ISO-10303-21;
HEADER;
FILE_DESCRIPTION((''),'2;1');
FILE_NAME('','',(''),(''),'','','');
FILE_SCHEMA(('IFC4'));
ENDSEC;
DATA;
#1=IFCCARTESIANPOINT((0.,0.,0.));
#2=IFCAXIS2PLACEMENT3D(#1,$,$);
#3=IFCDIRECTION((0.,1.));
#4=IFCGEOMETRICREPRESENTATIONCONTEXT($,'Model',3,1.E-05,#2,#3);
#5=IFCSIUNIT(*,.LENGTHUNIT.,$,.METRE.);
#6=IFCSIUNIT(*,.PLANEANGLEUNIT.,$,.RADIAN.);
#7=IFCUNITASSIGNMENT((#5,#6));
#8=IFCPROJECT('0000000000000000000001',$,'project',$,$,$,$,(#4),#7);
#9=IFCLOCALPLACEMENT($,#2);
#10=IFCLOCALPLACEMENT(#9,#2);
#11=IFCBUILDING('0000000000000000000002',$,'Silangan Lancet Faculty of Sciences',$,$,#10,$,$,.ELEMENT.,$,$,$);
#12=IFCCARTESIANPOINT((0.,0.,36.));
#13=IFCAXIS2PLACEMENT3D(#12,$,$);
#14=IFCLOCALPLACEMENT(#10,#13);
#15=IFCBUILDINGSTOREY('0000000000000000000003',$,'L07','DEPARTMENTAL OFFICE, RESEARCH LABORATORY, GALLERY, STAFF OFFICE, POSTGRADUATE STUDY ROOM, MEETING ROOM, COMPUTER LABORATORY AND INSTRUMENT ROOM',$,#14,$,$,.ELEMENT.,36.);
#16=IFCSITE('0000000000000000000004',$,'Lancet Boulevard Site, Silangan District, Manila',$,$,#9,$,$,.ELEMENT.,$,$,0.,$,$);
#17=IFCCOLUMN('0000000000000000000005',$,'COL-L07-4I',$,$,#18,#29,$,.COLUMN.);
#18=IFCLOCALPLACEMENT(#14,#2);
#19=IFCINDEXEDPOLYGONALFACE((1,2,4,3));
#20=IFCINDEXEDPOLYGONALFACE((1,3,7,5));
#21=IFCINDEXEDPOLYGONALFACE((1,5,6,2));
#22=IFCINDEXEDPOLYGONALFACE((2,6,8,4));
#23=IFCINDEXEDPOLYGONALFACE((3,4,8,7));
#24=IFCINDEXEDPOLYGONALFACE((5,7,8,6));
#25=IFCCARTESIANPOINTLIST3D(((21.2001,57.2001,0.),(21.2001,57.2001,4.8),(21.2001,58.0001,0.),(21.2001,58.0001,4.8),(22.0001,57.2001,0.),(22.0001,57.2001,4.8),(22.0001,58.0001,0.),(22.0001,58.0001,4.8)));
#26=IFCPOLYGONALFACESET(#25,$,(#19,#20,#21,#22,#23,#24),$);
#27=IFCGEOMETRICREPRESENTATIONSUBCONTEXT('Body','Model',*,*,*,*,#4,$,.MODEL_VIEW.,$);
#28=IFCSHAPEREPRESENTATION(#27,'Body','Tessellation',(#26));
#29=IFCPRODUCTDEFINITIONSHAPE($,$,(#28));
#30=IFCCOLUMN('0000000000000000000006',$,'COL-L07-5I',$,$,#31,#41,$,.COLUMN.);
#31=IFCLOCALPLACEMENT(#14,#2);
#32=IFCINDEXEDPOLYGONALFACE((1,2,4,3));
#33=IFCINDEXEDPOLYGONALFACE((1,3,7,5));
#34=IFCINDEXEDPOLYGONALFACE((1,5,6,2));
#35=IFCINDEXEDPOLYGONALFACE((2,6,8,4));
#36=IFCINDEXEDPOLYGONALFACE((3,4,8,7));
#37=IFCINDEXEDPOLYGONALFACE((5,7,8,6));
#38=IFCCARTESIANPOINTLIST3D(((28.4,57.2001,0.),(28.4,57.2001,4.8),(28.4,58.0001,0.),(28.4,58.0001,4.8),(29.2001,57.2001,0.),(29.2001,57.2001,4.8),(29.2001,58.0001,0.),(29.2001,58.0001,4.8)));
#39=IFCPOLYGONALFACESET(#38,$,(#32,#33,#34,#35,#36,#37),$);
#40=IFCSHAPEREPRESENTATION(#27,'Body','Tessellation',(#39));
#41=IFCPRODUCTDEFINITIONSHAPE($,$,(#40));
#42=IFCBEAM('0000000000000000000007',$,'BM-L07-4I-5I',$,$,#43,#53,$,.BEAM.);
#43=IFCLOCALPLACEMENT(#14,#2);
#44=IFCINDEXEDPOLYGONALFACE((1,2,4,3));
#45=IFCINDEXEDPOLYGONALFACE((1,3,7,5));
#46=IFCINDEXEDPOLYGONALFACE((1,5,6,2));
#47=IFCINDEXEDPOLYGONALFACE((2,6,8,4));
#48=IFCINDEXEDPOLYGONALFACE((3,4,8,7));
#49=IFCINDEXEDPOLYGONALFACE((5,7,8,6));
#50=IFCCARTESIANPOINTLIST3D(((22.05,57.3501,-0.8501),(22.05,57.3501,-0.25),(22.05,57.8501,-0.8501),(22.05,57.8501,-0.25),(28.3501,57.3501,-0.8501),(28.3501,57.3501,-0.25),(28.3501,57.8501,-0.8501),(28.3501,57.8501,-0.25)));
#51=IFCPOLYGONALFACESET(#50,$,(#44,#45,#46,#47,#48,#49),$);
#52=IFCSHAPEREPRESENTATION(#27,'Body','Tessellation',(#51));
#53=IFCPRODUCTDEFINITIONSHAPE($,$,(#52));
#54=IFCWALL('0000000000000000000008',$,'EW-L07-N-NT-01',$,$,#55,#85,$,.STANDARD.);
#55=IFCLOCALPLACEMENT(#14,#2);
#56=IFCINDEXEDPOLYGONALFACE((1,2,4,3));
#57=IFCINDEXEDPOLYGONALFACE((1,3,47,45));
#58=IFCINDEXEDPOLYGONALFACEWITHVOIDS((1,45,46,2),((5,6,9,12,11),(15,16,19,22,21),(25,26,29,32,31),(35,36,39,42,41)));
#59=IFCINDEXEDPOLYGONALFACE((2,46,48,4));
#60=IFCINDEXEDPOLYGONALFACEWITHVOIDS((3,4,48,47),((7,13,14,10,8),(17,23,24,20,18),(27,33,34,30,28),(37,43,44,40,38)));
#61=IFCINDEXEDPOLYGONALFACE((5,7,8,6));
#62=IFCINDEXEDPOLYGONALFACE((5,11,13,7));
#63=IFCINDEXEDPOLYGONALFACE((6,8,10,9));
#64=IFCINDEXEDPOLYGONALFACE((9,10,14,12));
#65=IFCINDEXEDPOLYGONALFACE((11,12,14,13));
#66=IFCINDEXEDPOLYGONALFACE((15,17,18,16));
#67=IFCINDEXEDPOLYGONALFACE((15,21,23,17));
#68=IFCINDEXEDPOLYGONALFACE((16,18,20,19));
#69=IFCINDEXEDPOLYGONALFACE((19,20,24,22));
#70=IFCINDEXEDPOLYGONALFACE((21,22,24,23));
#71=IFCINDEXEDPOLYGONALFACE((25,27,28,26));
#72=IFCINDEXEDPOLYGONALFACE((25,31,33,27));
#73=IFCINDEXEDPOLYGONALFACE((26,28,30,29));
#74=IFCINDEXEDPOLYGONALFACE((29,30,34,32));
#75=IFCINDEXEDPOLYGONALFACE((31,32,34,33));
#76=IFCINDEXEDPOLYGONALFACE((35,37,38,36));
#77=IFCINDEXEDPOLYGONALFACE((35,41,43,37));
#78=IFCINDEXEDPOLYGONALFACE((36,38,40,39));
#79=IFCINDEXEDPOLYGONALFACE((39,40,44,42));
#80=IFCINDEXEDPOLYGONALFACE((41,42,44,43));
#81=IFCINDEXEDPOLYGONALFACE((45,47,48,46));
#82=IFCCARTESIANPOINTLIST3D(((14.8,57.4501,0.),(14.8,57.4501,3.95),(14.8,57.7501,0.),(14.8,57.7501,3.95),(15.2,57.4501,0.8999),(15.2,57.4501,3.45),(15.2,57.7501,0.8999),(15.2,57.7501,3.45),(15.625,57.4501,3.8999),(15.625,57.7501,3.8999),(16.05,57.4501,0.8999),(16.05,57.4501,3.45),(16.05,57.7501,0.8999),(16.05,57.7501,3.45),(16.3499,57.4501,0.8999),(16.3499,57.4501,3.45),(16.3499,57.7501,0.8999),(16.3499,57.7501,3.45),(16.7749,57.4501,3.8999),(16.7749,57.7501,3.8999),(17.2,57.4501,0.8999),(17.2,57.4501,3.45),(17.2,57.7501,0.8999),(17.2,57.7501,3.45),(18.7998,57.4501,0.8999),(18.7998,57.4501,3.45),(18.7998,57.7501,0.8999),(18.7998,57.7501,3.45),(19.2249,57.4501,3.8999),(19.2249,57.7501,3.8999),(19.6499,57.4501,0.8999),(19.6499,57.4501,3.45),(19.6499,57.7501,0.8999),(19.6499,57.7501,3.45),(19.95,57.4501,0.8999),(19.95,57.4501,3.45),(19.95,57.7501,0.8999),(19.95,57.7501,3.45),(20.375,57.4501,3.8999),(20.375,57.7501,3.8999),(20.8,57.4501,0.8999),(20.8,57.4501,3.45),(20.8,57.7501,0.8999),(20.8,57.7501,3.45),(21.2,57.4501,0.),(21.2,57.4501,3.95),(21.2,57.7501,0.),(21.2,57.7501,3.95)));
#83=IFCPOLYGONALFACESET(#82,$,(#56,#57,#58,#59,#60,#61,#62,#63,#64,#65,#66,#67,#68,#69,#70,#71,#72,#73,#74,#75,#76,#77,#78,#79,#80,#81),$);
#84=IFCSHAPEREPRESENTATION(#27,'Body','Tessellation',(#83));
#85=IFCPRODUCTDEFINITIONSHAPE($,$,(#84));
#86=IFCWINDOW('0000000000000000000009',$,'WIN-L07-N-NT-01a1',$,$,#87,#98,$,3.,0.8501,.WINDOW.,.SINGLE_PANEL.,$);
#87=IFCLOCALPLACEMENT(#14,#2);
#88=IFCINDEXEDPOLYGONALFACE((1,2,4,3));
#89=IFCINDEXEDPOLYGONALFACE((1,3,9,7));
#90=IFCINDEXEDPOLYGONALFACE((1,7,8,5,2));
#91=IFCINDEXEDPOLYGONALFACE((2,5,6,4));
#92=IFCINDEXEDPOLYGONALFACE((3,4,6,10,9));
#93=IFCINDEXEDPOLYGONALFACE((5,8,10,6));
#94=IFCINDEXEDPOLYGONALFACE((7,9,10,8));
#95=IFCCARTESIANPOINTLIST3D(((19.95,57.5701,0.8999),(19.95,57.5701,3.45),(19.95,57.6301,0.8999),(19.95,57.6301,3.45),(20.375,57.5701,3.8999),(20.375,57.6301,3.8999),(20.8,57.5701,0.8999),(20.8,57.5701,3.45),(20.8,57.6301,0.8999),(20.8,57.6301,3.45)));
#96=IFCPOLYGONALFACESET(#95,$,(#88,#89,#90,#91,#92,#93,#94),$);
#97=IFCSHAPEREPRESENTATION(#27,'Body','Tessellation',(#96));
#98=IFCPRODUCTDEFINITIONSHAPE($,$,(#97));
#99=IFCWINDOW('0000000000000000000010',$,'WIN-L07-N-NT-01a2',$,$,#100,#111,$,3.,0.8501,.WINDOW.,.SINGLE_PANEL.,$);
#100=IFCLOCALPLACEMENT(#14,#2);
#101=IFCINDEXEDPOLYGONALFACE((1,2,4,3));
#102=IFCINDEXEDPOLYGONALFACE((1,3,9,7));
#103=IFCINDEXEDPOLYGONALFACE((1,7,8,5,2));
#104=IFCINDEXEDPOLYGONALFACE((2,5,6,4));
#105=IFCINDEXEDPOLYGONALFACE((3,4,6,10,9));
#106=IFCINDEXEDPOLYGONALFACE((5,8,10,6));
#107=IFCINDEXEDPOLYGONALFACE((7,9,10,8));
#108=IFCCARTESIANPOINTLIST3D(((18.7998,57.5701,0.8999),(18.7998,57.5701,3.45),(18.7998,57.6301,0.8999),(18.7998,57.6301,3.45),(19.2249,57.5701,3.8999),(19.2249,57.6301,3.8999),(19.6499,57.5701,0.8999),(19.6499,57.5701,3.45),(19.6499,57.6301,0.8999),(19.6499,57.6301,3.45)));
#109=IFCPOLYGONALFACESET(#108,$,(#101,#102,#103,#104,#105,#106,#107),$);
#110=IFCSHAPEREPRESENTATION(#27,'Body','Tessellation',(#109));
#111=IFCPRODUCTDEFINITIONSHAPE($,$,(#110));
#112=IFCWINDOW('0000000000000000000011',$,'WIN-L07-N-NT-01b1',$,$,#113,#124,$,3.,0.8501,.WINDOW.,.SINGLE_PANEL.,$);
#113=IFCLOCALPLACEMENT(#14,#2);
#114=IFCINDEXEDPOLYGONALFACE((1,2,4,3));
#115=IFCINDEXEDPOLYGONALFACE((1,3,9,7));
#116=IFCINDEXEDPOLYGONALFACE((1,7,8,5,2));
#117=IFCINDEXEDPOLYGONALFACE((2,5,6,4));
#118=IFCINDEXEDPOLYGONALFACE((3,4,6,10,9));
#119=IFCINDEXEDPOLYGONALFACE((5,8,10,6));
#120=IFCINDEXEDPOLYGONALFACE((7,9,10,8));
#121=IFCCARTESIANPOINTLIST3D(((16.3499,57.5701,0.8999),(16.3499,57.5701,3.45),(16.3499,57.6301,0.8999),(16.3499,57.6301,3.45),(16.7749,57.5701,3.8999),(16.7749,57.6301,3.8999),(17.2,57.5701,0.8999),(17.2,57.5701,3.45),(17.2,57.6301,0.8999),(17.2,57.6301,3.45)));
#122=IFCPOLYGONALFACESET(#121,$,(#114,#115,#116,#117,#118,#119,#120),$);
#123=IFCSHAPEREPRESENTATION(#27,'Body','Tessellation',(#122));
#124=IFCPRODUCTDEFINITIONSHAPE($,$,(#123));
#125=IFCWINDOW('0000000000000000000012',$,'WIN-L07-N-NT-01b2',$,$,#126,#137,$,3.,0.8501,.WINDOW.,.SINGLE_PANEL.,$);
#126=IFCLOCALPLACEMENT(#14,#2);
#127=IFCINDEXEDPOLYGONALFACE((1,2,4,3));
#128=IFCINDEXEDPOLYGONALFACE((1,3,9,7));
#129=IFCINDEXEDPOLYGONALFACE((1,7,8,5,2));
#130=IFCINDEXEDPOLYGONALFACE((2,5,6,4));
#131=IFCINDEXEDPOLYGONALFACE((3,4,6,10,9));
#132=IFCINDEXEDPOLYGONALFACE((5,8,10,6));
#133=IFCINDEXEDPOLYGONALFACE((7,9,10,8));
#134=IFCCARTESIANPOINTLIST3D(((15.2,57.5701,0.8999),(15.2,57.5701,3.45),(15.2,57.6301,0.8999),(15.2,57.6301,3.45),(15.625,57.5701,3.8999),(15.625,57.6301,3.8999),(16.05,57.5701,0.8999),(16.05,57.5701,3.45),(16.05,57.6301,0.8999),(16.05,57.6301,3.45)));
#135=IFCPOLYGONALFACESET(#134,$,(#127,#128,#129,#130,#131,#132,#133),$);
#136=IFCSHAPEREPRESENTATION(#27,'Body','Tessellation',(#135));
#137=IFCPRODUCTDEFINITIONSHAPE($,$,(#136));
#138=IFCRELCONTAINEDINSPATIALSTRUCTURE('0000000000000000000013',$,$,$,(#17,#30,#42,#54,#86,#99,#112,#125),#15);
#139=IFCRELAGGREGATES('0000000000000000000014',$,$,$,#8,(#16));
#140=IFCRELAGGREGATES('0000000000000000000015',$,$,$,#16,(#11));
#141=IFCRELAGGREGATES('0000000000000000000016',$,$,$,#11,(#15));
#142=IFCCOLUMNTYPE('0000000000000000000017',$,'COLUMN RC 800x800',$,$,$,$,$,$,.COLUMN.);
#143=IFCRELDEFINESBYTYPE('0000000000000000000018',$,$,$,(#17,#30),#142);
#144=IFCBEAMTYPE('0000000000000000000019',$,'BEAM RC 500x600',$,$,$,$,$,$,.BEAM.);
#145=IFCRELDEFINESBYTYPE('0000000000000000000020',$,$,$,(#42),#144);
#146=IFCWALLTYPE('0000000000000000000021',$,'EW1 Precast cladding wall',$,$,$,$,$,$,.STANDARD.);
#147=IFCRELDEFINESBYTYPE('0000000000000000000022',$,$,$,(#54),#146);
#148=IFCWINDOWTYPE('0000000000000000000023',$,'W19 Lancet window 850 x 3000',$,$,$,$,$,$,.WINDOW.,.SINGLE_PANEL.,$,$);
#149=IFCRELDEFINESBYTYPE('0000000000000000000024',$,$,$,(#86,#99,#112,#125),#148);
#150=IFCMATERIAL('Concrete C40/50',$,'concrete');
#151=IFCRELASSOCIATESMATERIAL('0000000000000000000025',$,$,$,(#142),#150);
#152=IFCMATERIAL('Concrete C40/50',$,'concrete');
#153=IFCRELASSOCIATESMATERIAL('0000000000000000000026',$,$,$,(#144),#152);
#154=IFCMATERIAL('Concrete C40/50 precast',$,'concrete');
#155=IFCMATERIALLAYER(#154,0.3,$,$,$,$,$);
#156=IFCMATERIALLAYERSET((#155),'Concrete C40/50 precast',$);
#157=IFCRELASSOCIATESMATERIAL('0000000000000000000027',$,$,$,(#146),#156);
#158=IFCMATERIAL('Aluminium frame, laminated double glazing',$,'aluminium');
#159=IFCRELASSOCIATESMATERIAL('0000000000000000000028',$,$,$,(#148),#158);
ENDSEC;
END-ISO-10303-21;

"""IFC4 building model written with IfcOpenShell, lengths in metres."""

from ifc_helpers import new_model, si_unit, direction, frame, frame_2d, origin, origin_2d, place, context, subcontext, project, spatial, polyline, rectangle, outline, extrude, material, layer, layer_set, material_profile, profile_set, type_object, element, fill, save


model = new_model("IFC4")

# Units and contexts
model_context = context("Model", 3, precision=1e-05, world=origin(), true_north=direction((0.0, 1.0)))
body_context = subcontext(model_context, "Body", "Model", "MODEL_VIEW")
ifc_project = project(units=[si_unit("LENGTHUNIT", "METRE"), si_unit("PLANEANGLEUNIT", "RADIAN")], contexts=[model_context])

# Site, building, storey
site_placement = place(None, origin())
site = spatial("IfcSite", under=ifc_project, at=site_placement, Name="Lancet Boulevard Site, Silangan District, Manila", CompositionType="ELEMENT", RefElevation=0.0)
building_placement = place(site_placement, origin())
building = spatial("IfcBuilding", under=site, at=building_placement, Name="Silangan Lancet Faculty of Sciences", CompositionType="ELEMENT")
storey_placement = place(building_placement, frame((0.0, 0.0, 36.0)))
storey = spatial("IfcBuildingStorey", under=building, at=storey_placement, Name="L07", Description="DEPARTMENTAL OFFICE, RESEARCH LABORATORY, GALLERY, STAFF OFFICE, POSTGRADUATE STUDY ROOM, MEETING ROOM, COMPUTER LABORATORY AND INSTRUMENT ROOM", CompositionType="ELEMENT", Elevation=36.0)

# Columns
ifc_material_1 = material(Name="Concrete C40/50", Category="concrete")
ifc_material_profile_1 = material_profile(ifc_material_1, rectangle(XDim=0.8, YDim=0.8, at=origin_2d()), Name="RC 800x800")
ifc_profile_set_1 = profile_set([ifc_material_profile_1], Name="Concrete C40/50")
column_type = type_object("IfcColumnType", Name="COLUMN RC 800x800", PredefinedType="COLUMN", material=ifc_profile_set_1)
for number, where, z_axis, x_axis, name in (
    (1, (21.6001, 57.6001, 0.0), (0.0, 0.0, 1.0), (1.0, 0.0, 0.0), "COL-L07-4I"),
    (2, (28.8, 57.6001, 0.0), (0.0, 0.0, 1.0), (1.0, 0.0, 0.0), "COL-L07-5I"),
):
    element("IfcColumn", number, at=place(storey_placement, frame(where, z_axis=z_axis, x_axis=x_axis)), inside=storey, type_object=column_type, Name=name, PredefinedType="COLUMN", context=body_context, shape_type="SweptSolid", body=[
        extrude(rectangle(XDim=0.8, YDim=0.8, at=origin_2d()), origin(), (0.0, 0.0, 1.0), 4.8),
    ])

# Beam
ifc_material_2 = material(Name="Concrete C40/50", Category="concrete")
ifc_material_profile_2 = material_profile(ifc_material_2, rectangle(XDim=0.5, YDim=0.6001, at=origin_2d()), Name="RC 500x600")
ifc_profile_set_2 = profile_set([ifc_material_profile_2], Name="Concrete C40/50")
beam_type = type_object("IfcBeamType", Name="BEAM RC 500x600", PredefinedType="BEAM", material=ifc_profile_set_2)
beam_placement = place(storey_placement, frame((22.05, 57.6001, -0.55), z_axis=(1.0, 0.0, 0.0), x_axis=(0.0, 1.0, 0.0)))
element("IfcBeam", 3, at=beam_placement, inside=storey, type_object=beam_type, Name="BM-L07-4I-5I", PredefinedType="BEAM", context=body_context, shape_type="SweptSolid", body=[
    extrude(rectangle(XDim=0.5, YDim=0.6001, at=origin_2d()), origin(), (0.0, 0.0, 1.0), 6.3),
])

# Wall, openings, windows
ifc_material_3 = material(Name="Concrete C40/50 precast", Category="concrete")
ifc_layer_1 = layer(ifc_material_3, 0.3)
ifc_layer_set_1 = layer_set([ifc_layer_1], Name="Concrete C40/50 precast")
wall_type_1 = type_object("IfcWallType", Name="EW1 Precast cladding wall", PredefinedType="STANDARD", material=ifc_layer_set_1)
wall_1_placement = place(storey_placement, frame((21.2, 57.6001, 0.0), z_axis=(0.0, 0.0, 1.0), x_axis=(-1.0, 0.0, 0.0)))
wall_1 = element("IfcWall", 4, at=wall_1_placement, inside=storey, type_object=wall_type_1, Name="EW-L07-N-NT-01", PredefinedType="STANDARD", context=body_context, shape_type="SweptSolid", body=[
    extrude(rectangle(XDim=6.3999, YDim=0.3, at=frame_2d((3.2, 0.0))), origin(), (0.0, 0.0, 1.0), 3.95),
])
opening_1_placement = place(wall_1_placement, frame((0.3999, 0.0, 0.8999)))
opening_1 = element("IfcOpeningElement", 5, at=opening_1_placement, cuts=wall_1, PredefinedType="OPENING", context=body_context, shape_type="SweptSolid", body=[
    extrude(outline(polyline([(0.0, 0.0), (0.8501, 0.0), (0.8501, 2.55), (0.425, 3.0), (0.0, 2.55), (0.0, 0.0)])), frame((0.0, 0.1599, 0.0), z_axis=(0.0, -1.0, 0.0), x_axis=(1.0, 0.0, 0.0)), (0.0, 0.0, 1.0), 0.3201),
])
opening_2_placement = place(wall_1_placement, frame((1.55, 0.0, 0.8999)))
opening_2 = element("IfcOpeningElement", 6, at=opening_2_placement, cuts=wall_1, PredefinedType="OPENING", context=body_context, shape_type="SweptSolid", body=[
    extrude(outline(polyline([(0.0, 0.0), (0.8501, 0.0), (0.8501, 2.55), (0.425, 3.0), (0.0, 2.55), (0.0, 0.0)])), frame((0.0, 0.1599, 0.0), z_axis=(0.0, -1.0, 0.0), x_axis=(1.0, 0.0, 0.0)), (0.0, 0.0, 1.0), 0.3201),
])
opening_3_placement = place(wall_1_placement, frame((4.0, 0.0, 0.8999)))
opening_3 = element("IfcOpeningElement", 7, at=opening_3_placement, cuts=wall_1, PredefinedType="OPENING", context=body_context, shape_type="SweptSolid", body=[
    extrude(outline(polyline([(0.0, 0.0), (0.8501, 0.0), (0.8501, 2.55), (0.425, 3.0), (0.0, 2.55), (0.0, 0.0)])), frame((0.0, 0.1599, 0.0), z_axis=(0.0, -1.0, 0.0), x_axis=(1.0, 0.0, 0.0)), (0.0, 0.0, 1.0), 0.3201),
])
opening_4_placement = place(wall_1_placement, frame((5.1499, 0.0, 0.8999)))
opening_4 = element("IfcOpeningElement", 8, at=opening_4_placement, cuts=wall_1, PredefinedType="OPENING", context=body_context, shape_type="SweptSolid", body=[
    extrude(outline(polyline([(0.0, 0.0), (0.8501, 0.0), (0.8501, 2.55), (0.425, 3.0), (0.0, 2.55), (0.0, 0.0)])), frame((0.0, 0.1599, 0.0), z_axis=(0.0, -1.0, 0.0), x_axis=(1.0, 0.0, 0.0)), (0.0, 0.0, 1.0), 0.3201),
])
ifc_material_4 = material(Name="Aluminium frame, laminated double glazing", Category="aluminium")
window_type_1 = type_object("IfcWindowType", Name="W19 Lancet window 850 x 3000", PartitioningType="SINGLE_PANEL", PredefinedType="WINDOW", material=ifc_material_4)
window_1_placement = place(opening_1_placement, origin())
window_1 = element("IfcWindow", 9, at=window_1_placement, inside=storey, type_object=window_type_1, Name="WIN-L07-N-NT-01a1", OverallHeight=3.0, OverallWidth=0.8501, PartitioningType="SINGLE_PANEL", PredefinedType="WINDOW", context=body_context, shape_type="SweptSolid", body=[
    extrude(outline(polyline([(0.0, 0.0), (0.8501, 0.0), (0.8501, 2.55), (0.425, 3.0), (0.0, 2.55), (0.0, 0.0)])), frame((0.0, 0.03, 0.0), z_axis=(0.0, -1.0, 0.0), x_axis=(1.0, 0.0, 0.0)), (0.0, 0.0, 1.0), 0.0601),
])
fill(opening_1, window_1)
window_2_placement = place(opening_2_placement, origin())
window_2 = element("IfcWindow", 10, at=window_2_placement, inside=storey, type_object=window_type_1, Name="WIN-L07-N-NT-01a2", OverallHeight=3.0, OverallWidth=0.8501, PartitioningType="SINGLE_PANEL", PredefinedType="WINDOW", context=body_context, shape_type="SweptSolid", body=[
    extrude(outline(polyline([(0.0, 0.0), (0.8501, 0.0), (0.8501, 2.55), (0.425, 3.0), (0.0, 2.55), (0.0, 0.0)])), frame((0.0, 0.03, 0.0), z_axis=(0.0, -1.0, 0.0), x_axis=(1.0, 0.0, 0.0)), (0.0, 0.0, 1.0), 0.0601),
])
fill(opening_2, window_2)
window_3_placement = place(opening_3_placement, origin())
window_3 = element("IfcWindow", 11, at=window_3_placement, inside=storey, type_object=window_type_1, Name="WIN-L07-N-NT-01b1", OverallHeight=3.0, OverallWidth=0.8501, PartitioningType="SINGLE_PANEL", PredefinedType="WINDOW", context=body_context, shape_type="SweptSolid", body=[
    extrude(outline(polyline([(0.0, 0.0), (0.8501, 0.0), (0.8501, 2.55), (0.425, 3.0), (0.0, 2.55), (0.0, 0.0)])), frame((0.0, 0.03, 0.0), z_axis=(0.0, -1.0, 0.0), x_axis=(1.0, 0.0, 0.0)), (0.0, 0.0, 1.0), 0.0601),
])
fill(opening_3, window_3)
window_4_placement = place(opening_4_placement, origin())
window_4 = element("IfcWindow", 12, at=window_4_placement, inside=storey, type_object=window_type_1, Name="WIN-L07-N-NT-01b2", OverallHeight=3.0, OverallWidth=0.8501, PartitioningType="SINGLE_PANEL", PredefinedType="WINDOW", context=body_context, shape_type="SweptSolid", body=[
    extrude(outline(polyline([(0.0, 0.0), (0.8501, 0.0), (0.8501, 2.55), (0.425, 3.0), (0.0, 2.55), (0.0, 0.0)])), frame((0.0, 0.03, 0.0), z_axis=(0.0, -1.0, 0.0), x_axis=(1.0, 0.0, 0.0)), (0.0, 0.0, 1.0), 0.0601),
])
fill(opening_4, window_4)

save(model, "model.ifc")
